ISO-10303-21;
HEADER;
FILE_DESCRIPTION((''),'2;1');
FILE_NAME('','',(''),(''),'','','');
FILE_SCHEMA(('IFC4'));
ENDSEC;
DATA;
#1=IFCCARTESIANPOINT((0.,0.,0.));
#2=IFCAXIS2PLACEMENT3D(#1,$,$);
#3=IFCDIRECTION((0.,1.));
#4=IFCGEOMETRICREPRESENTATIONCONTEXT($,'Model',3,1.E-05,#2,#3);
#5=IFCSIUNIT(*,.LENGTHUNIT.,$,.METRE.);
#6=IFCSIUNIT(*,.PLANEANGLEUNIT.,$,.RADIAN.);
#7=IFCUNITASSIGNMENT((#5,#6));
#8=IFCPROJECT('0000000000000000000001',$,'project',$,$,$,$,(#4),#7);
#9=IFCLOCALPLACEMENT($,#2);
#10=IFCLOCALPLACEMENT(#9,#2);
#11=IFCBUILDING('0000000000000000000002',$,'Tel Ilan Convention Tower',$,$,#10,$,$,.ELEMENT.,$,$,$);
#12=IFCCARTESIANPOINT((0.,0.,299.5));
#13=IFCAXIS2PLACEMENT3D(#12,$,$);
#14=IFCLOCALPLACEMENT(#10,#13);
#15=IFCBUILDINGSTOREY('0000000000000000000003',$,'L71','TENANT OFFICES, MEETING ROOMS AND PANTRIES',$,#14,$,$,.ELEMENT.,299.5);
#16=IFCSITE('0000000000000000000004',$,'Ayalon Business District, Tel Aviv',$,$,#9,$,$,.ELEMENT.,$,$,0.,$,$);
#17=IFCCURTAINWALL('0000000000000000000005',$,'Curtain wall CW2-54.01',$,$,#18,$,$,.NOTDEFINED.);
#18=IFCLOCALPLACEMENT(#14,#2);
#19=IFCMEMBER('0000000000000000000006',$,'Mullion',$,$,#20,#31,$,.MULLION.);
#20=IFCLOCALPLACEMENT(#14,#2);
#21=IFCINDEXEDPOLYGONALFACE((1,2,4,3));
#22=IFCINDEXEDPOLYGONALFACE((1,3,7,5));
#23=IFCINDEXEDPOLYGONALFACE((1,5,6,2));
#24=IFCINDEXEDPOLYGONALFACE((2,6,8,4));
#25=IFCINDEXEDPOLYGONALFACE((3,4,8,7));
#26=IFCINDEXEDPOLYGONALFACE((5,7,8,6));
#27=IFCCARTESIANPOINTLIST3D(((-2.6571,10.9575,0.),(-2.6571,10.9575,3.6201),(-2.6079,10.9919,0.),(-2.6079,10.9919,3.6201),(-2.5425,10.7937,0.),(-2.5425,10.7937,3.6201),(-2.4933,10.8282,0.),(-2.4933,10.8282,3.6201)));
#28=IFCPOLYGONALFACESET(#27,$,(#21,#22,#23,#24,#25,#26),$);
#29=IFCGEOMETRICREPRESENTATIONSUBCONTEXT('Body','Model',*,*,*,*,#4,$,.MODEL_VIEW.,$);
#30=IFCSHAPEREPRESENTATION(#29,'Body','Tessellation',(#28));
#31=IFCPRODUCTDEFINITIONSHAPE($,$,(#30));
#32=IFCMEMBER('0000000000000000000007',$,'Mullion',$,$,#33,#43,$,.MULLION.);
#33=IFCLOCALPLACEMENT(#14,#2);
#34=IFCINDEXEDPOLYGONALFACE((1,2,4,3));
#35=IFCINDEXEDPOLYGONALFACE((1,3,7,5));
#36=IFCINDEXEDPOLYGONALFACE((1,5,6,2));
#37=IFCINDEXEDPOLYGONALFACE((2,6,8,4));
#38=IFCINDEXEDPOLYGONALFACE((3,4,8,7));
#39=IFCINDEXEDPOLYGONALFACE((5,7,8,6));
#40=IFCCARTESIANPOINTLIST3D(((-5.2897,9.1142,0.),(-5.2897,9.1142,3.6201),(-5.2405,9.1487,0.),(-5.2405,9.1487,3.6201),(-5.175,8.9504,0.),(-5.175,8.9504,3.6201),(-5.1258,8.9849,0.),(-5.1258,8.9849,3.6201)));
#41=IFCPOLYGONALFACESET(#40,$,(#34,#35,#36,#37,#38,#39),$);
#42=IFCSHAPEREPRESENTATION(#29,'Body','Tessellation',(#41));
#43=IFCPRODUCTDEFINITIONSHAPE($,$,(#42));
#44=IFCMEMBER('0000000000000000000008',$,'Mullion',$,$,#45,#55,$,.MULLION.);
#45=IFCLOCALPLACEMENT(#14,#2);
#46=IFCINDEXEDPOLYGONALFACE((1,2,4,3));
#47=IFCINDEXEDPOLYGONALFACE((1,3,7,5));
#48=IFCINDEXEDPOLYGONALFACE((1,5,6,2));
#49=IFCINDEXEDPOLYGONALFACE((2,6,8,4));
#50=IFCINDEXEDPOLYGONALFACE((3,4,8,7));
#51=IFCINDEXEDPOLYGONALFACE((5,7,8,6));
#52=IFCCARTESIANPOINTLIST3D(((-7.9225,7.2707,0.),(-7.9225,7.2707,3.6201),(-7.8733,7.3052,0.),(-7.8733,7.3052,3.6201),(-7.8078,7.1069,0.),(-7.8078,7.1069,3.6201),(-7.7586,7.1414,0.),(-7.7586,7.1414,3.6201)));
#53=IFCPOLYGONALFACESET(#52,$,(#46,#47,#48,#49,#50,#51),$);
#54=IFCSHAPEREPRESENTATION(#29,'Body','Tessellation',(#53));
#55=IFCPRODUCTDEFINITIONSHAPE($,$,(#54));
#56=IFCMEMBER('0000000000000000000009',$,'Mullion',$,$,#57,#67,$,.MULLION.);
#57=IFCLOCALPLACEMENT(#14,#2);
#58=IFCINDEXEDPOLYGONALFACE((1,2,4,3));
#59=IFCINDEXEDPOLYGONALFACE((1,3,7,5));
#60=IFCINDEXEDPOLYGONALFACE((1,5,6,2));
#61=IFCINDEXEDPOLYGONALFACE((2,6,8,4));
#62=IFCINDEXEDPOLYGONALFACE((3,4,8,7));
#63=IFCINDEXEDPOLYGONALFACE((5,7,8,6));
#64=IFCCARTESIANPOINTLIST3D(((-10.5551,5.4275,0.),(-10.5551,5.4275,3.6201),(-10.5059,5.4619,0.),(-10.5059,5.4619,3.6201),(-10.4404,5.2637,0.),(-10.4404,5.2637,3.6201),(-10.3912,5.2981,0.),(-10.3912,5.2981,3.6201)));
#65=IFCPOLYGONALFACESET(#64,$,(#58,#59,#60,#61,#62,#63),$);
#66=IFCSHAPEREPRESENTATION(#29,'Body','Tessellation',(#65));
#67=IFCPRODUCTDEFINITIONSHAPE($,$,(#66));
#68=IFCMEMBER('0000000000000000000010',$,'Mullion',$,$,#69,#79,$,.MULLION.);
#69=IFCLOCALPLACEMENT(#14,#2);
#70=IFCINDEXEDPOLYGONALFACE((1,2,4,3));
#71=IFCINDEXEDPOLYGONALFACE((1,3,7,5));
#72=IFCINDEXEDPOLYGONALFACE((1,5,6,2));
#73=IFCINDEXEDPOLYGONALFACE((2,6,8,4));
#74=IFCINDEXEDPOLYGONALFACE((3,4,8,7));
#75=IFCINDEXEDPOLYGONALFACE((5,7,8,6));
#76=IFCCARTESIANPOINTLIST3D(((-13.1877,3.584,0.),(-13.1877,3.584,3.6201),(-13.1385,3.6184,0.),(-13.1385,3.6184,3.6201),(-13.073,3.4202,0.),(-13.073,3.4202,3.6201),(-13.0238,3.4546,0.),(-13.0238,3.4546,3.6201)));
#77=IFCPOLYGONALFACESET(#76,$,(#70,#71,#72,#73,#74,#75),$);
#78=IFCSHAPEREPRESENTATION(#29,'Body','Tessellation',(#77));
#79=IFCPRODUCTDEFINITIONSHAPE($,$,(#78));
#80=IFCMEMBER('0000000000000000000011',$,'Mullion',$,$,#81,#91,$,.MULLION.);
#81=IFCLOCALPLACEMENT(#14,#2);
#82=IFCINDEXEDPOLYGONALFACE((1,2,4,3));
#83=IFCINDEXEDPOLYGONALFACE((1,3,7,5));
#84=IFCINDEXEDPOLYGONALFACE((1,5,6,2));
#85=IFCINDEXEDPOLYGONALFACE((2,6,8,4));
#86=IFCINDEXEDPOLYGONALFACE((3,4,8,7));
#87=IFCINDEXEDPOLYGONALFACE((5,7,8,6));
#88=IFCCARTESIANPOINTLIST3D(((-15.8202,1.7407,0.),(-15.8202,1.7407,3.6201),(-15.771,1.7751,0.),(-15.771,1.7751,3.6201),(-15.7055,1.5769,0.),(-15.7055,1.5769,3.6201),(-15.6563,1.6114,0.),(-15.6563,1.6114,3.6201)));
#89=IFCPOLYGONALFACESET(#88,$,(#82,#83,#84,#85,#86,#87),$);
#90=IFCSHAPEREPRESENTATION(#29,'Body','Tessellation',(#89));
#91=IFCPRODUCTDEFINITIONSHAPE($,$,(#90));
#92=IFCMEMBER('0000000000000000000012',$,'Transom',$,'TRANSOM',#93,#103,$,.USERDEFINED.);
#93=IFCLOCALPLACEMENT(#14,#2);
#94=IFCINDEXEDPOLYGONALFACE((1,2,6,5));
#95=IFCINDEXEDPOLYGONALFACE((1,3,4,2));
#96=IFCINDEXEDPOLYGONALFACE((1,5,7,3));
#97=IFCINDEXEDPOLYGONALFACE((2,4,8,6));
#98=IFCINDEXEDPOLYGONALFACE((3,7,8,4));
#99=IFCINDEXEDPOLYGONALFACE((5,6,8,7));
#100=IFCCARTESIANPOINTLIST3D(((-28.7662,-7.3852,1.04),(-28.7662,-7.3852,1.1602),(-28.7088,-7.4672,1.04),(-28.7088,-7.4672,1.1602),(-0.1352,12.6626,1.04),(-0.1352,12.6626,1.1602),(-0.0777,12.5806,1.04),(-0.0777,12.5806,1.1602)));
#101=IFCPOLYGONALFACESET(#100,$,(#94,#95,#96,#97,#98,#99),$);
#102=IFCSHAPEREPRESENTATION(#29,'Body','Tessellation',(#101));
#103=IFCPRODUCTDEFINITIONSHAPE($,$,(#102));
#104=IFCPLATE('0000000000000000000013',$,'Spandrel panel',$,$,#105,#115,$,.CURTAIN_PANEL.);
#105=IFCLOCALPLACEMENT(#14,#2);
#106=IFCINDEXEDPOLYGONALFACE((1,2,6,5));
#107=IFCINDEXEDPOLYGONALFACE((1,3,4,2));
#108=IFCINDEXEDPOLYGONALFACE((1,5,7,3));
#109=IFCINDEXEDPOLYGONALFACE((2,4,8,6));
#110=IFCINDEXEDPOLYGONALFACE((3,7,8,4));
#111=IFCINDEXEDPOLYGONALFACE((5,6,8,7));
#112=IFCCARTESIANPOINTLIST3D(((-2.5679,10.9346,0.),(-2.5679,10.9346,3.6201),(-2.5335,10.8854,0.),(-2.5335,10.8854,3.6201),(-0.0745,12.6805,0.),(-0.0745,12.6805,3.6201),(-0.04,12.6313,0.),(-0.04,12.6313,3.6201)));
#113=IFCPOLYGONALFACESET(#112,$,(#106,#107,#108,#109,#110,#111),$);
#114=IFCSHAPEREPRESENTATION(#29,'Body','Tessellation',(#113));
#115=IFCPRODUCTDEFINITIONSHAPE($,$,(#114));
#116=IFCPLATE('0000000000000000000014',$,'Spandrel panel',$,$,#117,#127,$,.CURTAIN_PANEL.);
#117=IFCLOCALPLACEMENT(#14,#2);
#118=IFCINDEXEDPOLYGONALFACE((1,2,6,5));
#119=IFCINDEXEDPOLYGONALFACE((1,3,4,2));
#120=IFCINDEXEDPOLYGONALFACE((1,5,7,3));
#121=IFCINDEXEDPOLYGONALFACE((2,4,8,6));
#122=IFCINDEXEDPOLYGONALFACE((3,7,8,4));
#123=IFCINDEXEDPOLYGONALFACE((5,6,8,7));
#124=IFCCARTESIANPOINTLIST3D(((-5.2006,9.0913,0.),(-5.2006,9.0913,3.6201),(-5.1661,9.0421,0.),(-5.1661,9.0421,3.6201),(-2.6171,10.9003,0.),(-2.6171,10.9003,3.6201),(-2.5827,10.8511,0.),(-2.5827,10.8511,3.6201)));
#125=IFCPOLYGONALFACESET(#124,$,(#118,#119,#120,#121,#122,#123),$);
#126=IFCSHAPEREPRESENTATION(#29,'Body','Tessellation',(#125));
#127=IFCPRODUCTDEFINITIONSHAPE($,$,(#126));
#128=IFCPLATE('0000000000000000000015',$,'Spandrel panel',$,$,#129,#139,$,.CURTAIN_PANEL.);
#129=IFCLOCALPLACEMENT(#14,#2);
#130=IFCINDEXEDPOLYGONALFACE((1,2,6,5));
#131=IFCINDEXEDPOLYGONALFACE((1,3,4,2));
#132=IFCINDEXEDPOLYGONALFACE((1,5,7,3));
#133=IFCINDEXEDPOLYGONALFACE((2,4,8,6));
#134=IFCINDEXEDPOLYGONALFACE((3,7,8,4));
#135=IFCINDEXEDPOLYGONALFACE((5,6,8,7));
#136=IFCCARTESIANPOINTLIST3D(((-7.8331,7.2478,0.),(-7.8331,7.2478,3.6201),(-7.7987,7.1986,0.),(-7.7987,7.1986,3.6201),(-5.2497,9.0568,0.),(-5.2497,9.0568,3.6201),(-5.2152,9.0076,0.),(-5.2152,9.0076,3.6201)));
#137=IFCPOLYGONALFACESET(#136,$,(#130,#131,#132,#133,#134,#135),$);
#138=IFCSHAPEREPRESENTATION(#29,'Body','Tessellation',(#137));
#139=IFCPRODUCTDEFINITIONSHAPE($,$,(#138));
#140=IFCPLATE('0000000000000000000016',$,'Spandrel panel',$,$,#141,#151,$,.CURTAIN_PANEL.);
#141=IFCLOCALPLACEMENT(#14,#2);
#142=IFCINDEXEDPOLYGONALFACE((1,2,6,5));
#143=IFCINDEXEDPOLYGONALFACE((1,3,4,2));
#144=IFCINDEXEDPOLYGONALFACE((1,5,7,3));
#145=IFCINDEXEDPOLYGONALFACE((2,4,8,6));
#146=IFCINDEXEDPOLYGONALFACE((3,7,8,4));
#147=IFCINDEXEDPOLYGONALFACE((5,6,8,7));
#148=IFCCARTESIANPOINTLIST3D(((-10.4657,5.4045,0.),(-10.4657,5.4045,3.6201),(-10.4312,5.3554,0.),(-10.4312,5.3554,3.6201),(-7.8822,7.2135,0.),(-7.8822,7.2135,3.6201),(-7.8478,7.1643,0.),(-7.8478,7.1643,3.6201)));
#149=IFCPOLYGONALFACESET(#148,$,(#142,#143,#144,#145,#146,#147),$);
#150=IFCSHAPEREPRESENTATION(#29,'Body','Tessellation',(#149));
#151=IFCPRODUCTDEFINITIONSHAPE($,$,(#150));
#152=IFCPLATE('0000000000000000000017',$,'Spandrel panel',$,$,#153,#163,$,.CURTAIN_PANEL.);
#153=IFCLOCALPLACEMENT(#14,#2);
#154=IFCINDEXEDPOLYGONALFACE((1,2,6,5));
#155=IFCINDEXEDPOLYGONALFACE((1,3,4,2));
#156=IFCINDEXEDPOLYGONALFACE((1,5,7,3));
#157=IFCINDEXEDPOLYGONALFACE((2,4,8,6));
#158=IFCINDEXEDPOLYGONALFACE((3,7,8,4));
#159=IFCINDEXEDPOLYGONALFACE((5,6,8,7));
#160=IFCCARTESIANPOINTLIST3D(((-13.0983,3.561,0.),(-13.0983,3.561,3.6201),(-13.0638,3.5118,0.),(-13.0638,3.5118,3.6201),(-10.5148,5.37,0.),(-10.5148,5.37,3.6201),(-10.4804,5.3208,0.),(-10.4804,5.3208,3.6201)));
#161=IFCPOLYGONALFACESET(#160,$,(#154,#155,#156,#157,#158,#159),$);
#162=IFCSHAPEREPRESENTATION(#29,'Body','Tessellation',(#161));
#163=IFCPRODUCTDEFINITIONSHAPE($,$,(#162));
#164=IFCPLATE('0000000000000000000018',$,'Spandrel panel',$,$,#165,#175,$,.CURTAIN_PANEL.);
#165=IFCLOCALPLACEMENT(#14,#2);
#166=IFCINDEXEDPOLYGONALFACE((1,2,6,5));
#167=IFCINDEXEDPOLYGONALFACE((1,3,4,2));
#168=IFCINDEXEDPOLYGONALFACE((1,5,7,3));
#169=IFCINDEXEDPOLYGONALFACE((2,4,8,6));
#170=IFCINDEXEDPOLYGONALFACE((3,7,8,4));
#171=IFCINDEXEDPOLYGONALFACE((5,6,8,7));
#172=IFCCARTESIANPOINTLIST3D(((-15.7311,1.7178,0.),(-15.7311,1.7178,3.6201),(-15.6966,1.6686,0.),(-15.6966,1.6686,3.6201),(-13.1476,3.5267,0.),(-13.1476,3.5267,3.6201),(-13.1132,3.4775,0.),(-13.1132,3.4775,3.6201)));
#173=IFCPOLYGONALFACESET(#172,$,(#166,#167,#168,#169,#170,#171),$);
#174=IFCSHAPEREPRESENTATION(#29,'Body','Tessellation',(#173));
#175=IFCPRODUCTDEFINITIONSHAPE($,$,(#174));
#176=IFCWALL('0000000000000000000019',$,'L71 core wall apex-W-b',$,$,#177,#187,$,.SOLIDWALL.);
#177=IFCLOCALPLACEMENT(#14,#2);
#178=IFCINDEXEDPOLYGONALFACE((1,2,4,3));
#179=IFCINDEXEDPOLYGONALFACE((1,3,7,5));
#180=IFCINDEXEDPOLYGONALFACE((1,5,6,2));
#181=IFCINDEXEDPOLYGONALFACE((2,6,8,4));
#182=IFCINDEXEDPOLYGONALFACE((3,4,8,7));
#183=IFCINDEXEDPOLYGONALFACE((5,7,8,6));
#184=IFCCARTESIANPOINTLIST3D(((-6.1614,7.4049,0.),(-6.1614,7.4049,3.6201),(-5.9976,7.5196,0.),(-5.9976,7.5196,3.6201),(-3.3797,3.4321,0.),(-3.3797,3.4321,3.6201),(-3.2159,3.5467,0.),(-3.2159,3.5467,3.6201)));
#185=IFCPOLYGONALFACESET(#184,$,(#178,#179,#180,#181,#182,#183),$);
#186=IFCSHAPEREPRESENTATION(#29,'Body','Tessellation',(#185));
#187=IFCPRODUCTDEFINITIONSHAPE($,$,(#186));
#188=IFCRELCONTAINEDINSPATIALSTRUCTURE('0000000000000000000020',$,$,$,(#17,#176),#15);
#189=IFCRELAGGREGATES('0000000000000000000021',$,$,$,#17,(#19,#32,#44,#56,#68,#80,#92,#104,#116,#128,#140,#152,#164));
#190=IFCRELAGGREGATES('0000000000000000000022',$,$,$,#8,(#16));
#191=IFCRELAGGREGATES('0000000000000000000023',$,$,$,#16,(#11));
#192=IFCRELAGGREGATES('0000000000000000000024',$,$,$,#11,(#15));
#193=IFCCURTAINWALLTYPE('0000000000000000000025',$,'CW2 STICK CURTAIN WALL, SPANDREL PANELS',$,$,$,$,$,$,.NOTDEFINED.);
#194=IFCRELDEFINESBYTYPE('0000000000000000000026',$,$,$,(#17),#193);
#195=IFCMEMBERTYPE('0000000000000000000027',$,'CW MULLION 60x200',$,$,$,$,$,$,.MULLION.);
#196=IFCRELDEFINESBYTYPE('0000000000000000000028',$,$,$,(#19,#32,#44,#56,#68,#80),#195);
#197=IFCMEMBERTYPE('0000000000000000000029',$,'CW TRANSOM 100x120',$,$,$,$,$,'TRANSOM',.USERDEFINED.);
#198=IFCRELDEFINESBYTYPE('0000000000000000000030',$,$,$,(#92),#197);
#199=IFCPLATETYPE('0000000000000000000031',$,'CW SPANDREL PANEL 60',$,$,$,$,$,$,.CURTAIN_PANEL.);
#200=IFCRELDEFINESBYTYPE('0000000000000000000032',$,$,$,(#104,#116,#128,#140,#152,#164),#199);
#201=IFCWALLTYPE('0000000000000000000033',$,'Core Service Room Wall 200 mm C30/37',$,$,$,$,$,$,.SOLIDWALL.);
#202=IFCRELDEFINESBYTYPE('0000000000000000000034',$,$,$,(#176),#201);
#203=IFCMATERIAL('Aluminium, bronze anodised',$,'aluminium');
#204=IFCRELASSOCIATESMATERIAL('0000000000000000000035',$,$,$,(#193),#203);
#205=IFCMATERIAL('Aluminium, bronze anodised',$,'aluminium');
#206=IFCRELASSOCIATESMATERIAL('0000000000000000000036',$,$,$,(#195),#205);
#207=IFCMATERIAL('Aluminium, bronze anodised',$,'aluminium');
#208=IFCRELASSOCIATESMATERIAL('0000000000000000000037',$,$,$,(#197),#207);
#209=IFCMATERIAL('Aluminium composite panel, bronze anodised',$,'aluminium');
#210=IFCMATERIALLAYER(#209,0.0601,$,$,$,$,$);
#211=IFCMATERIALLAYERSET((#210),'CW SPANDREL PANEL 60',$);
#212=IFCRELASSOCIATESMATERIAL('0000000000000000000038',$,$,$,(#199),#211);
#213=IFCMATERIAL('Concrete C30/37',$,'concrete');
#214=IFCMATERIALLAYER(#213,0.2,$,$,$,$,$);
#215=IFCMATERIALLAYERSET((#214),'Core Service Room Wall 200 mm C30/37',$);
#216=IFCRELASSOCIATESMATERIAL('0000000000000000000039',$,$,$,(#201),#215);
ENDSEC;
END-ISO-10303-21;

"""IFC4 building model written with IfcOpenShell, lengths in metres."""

from ifc_helpers import new_model, si_unit, direction, frame, frame_2d, origin, origin_2d, place, context, subcontext, project, spatial, rectangle, extrude, material, layer, layer_set, material_profile, profile_set, type_object, element, aggregate, save


model = new_model("IFC4")

# Units and contexts
model_context = context("Model", 3, precision=1e-05, world=origin(), true_north=direction((0.0, 1.0)))
body_context = subcontext(model_context, "Body", "Model", "MODEL_VIEW")
ifc_project = project(units=[si_unit("LENGTHUNIT", "METRE"), si_unit("PLANEANGLEUNIT", "RADIAN")], contexts=[model_context])

# Site, building, storey
site_placement = place(None, origin())
site = spatial("IfcSite", under=ifc_project, at=site_placement, Name="Ayalon Business District, Tel Aviv", CompositionType="ELEMENT", RefElevation=0.0)
building_placement = place(site_placement, origin())
building = spatial("IfcBuilding", under=site, at=building_placement, Name="Tel Ilan Convention Tower", CompositionType="ELEMENT")
storey_placement = place(building_placement, frame((0.0, 0.0, 299.5)))
storey = spatial("IfcBuildingStorey", under=building, at=storey_placement, Name="L71", Description="TENANT OFFICES, MEETING ROOMS AND PANTRIES", CompositionType="ELEMENT", Elevation=299.5)

# Curtain wall, members, plates
ifc_material_1 = material(Name="Aluminium, bronze anodised", Category="aluminium")
curtain_wall_type = type_object("IfcCurtainWallType", Name="CW2 STICK CURTAIN WALL, SPANDREL PANELS", PredefinedType="NOTDEFINED", material=ifc_material_1)
curtain_wall_placement = place(storey_placement, origin())
curtain_wall = element("IfcCurtainWall", 1, at=curtain_wall_placement, inside=storey, type_object=curtain_wall_type, Name="Curtain wall CW2-54.01", PredefinedType="NOTDEFINED")
ifc_material_2 = material(Name="Aluminium, bronze anodised", Category="aluminium")
ifc_material_profile_1 = material_profile(ifc_material_2, rectangle(XDim=0.0601, YDim=0.2, at=origin_2d()), Name="CW MULLION 60x200")
ifc_profile_set_1 = profile_set([ifc_material_profile_1], Name="Aluminium, bronze anodised")
member_type_1 = type_object("IfcMemberType", Name="CW MULLION 60x200", PredefinedType="MULLION", material=ifc_profile_set_1)
member_1_placement = place(storey_placement, frame((-2.5752, 10.8928, 0.0), z_axis=(0.0, 0.0, 1.0), x_axis=(-0.819152, -0.573576, 0.0)))
member_1 = element("IfcMember", 2, at=member_1_placement, type_object=member_type_1, Name="Mullion", PredefinedType="MULLION", context=body_context, shape_type="SweptSolid", body=[
    extrude(rectangle(XDim=0.0601, YDim=0.2, at=origin_2d()), origin(), (0.0, 0.0, 1.0), 3.6201),
])
member_2_placement = place(storey_placement, frame((-5.2078, 9.0496, 0.0), z_axis=(0.0, 0.0, 1.0), x_axis=(-0.819152, -0.573576, 0.0)))
member_2 = element("IfcMember", 3, at=member_2_placement, type_object=member_type_1, Name="Mullion", PredefinedType="MULLION", context=body_context, shape_type="SweptSolid", body=[
    extrude(rectangle(XDim=0.0601, YDim=0.2, at=origin_2d()), origin(), (0.0, 0.0, 1.0), 3.6201),
])
member_3_placement = place(storey_placement, frame((-7.8406, 7.2061, 0.0), z_axis=(0.0, 0.0, 1.0), x_axis=(-0.819152, -0.573576, 0.0)))
member_3 = element("IfcMember", 4, at=member_3_placement, type_object=member_type_1, Name="Mullion", PredefinedType="MULLION", context=body_context, shape_type="SweptSolid", body=[
    extrude(rectangle(XDim=0.0601, YDim=0.2, at=origin_2d()), origin(), (0.0, 0.0, 1.0), 3.6201),
])
member_4_placement = place(storey_placement, frame((-10.4731, 5.3628, 0.0), z_axis=(0.0, 0.0, 1.0), x_axis=(-0.819152, -0.573576, 0.0)))
member_4 = element("IfcMember", 5, at=member_4_placement, type_object=member_type_1, Name="Mullion", PredefinedType="MULLION", context=body_context, shape_type="SweptSolid", body=[
    extrude(rectangle(XDim=0.0601, YDim=0.2, at=origin_2d()), origin(), (0.0, 0.0, 1.0), 3.6201),
])
member_5_placement = place(storey_placement, frame((-13.1057, 3.5193, 0.0), z_axis=(0.0, 0.0, 1.0), x_axis=(-0.819152, -0.573576, 0.0)))
member_5 = element("IfcMember", 6, at=member_5_placement, type_object=member_type_1, Name="Mullion", PredefinedType="MULLION", context=body_context, shape_type="SweptSolid", body=[
    extrude(rectangle(XDim=0.0601, YDim=0.2, at=origin_2d()), origin(), (0.0, 0.0, 1.0), 3.6201),
])
member_6_placement = place(storey_placement, frame((-15.7383, 1.676, 0.0), z_axis=(0.0, 0.0, 1.0), x_axis=(-0.819152, -0.573576, 0.0)))
member_6 = element("IfcMember", 7, at=member_6_placement, type_object=member_type_1, Name="Mullion", PredefinedType="MULLION", context=body_context, shape_type="SweptSolid", body=[
    extrude(rectangle(XDim=0.0601, YDim=0.2, at=origin_2d()), origin(), (0.0, 0.0, 1.0), 3.6201),
])
ifc_material_3 = material(Name="Aluminium, bronze anodised", Category="aluminium")
ifc_material_profile_2 = material_profile(ifc_material_3, rectangle(XDim=0.1001, YDim=0.1201, at=origin_2d()), Name="CW TRANSOM 100x120")
ifc_profile_set_2 = profile_set([ifc_material_profile_2], Name="Aluminium, bronze anodised")
member_type_2 = type_object("IfcMemberType", Name="CW TRANSOM 100x120", ElementType="TRANSOM", PredefinedType="USERDEFINED", material=ifc_profile_set_2)
member_7_placement = place(storey_placement, frame((-0.1064, 12.6216, 1.1001), z_axis=(-0.81915, -0.573579, 0.0), x_axis=(0.573579, -0.81915, 0.0)))
member_7 = element("IfcMember", 8, at=member_7_placement, type_object=member_type_2, Name="Transom", ObjectType="TRANSOM", PredefinedType="USERDEFINED", context=body_context, shape_type="SweptSolid", body=[
    extrude(rectangle(XDim=0.1001, YDim=0.1201, at=origin_2d()), origin(), (0.0, 0.0, 1.0), 34.9521),
])
ifc_material_4 = material(Name="Aluminium composite panel, bronze anodised", Category="aluminium")
ifc_layer_1 = layer(ifc_material_4, 0.0601)
ifc_layer_set_1 = layer_set([ifc_layer_1], Name="CW SPANDREL PANEL 60")
plate_type = type_object("IfcPlateType", Name="CW SPANDREL PANEL 60", PredefinedType="CURTAIN_PANEL", material=ifc_layer_set_1)
plate_1_placement = place(storey_placement, frame((-1.304, 11.783, 0.0), z_axis=(0.0, 0.0, 1.0), x_axis=(-0.819152, -0.573576, 0.0)))
plate_1 = element("IfcPlate", 9, at=plate_1_placement, type_object=plate_type, Name="Spandrel panel", PredefinedType="CURTAIN_PANEL", context=body_context, shape_type="SweptSolid", body=[
    extrude(rectangle(XDim=3.0439, YDim=0.0601, at=origin_2d()), origin(), (0.0, 0.0, 1.0), 3.6201),
])
plate_2_placement = place(storey_placement, frame((-3.8916, 9.9712, 0.0), z_axis=(0.0, 0.0, 1.0), x_axis=(-0.819152, -0.573576, 0.0)))
plate_2 = element("IfcPlate", 10, at=plate_2_placement, type_object=plate_type, Name="Spandrel panel", PredefinedType="CURTAIN_PANEL", context=body_context, shape_type="SweptSolid", body=[
    extrude(rectangle(XDim=3.1538, YDim=0.0601, at=origin_2d()), origin(), (0.0, 0.0, 1.0), 3.6201),
])
plate_3_placement = place(storey_placement, frame((-6.5242, 8.1277, 0.0), z_axis=(0.0, 0.0, 1.0), x_axis=(-0.819152, -0.573576, 0.0)))
plate_3 = element("IfcPlate", 11, at=plate_3_placement, type_object=plate_type, Name="Spandrel panel", PredefinedType="CURTAIN_PANEL", context=body_context, shape_type="SweptSolid", body=[
    extrude(rectangle(XDim=3.1538, YDim=0.0601, at=origin_2d()), origin(), (0.0, 0.0, 1.0), 3.6201),
])
plate_4_placement = place(storey_placement, frame((-9.1567, 6.2844, 0.0), z_axis=(0.0, 0.0, 1.0), x_axis=(-0.819152, -0.573576, 0.0)))
plate_4 = element("IfcPlate", 12, at=plate_4_placement, type_object=plate_type, Name="Spandrel panel", PredefinedType="CURTAIN_PANEL", context=body_context, shape_type="SweptSolid", body=[
    extrude(rectangle(XDim=3.1538, YDim=0.0601, at=origin_2d()), origin(), (0.0, 0.0, 1.0), 3.6201),
])
plate_5_placement = place(storey_placement, frame((-11.7893, 4.4409, 0.0), z_axis=(0.0, 0.0, 1.0), x_axis=(-0.819152, -0.573576, 0.0)))
plate_5 = element("IfcPlate", 13, at=plate_5_placement, type_object=plate_type, Name="Spandrel panel", PredefinedType="CURTAIN_PANEL", context=body_context, shape_type="SweptSolid", body=[
    extrude(rectangle(XDim=3.1538, YDim=0.0601, at=origin_2d()), origin(), (0.0, 0.0, 1.0), 3.6201),
])
plate_6_placement = place(storey_placement, frame((-14.4221, 2.5977, 0.0), z_axis=(0.0, 0.0, 1.0), x_axis=(-0.819152, -0.573576, 0.0)))
plate_6 = element("IfcPlate", 14, at=plate_6_placement, type_object=plate_type, Name="Spandrel panel", PredefinedType="CURTAIN_PANEL", context=body_context, shape_type="SweptSolid", body=[
    extrude(rectangle(XDim=3.1538, YDim=0.0601, at=origin_2d()), origin(), (0.0, 0.0, 1.0), 3.6201),
])
aggregate(curtain_wall, [member_1, member_2, member_3, member_4, member_5, member_6, member_7, plate_1, plate_2, plate_3, plate_4, plate_5, plate_6])

# Wall
ifc_material_5 = material(Name="Concrete C30/37", Category="concrete")
ifc_layer_2 = layer(ifc_material_5, 0.2)
ifc_layer_set_2 = layer_set([ifc_layer_2], Name="Core Service Room Wall 200 mm C30/37")
wall_type_1 = type_object("IfcWallType", Name="Core Service Room Wall 200 mm C30/37", PredefinedType="SOLIDWALL", material=ifc_layer_set_2)
wall_1_placement = place(storey_placement, frame((-3.2979, 3.4895, 0.0), z_axis=(0.0, 0.0, 1.0), x_axis=(-0.57356, 0.819163, 0.0)))
element("IfcWall", 15, at=wall_1_placement, inside=storey, type_object=wall_type_1, Name="L71 core wall apex-W-b", PredefinedType="SOLIDWALL", context=body_context, shape_type="SweptSolid", body=[
    extrude(rectangle(XDim=4.8499, YDim=0.2, at=frame_2d((2.4248, 0.0))), origin(), (0.0, 0.0, 1.0), 3.6201),
])

save(model, "model.ifc")
